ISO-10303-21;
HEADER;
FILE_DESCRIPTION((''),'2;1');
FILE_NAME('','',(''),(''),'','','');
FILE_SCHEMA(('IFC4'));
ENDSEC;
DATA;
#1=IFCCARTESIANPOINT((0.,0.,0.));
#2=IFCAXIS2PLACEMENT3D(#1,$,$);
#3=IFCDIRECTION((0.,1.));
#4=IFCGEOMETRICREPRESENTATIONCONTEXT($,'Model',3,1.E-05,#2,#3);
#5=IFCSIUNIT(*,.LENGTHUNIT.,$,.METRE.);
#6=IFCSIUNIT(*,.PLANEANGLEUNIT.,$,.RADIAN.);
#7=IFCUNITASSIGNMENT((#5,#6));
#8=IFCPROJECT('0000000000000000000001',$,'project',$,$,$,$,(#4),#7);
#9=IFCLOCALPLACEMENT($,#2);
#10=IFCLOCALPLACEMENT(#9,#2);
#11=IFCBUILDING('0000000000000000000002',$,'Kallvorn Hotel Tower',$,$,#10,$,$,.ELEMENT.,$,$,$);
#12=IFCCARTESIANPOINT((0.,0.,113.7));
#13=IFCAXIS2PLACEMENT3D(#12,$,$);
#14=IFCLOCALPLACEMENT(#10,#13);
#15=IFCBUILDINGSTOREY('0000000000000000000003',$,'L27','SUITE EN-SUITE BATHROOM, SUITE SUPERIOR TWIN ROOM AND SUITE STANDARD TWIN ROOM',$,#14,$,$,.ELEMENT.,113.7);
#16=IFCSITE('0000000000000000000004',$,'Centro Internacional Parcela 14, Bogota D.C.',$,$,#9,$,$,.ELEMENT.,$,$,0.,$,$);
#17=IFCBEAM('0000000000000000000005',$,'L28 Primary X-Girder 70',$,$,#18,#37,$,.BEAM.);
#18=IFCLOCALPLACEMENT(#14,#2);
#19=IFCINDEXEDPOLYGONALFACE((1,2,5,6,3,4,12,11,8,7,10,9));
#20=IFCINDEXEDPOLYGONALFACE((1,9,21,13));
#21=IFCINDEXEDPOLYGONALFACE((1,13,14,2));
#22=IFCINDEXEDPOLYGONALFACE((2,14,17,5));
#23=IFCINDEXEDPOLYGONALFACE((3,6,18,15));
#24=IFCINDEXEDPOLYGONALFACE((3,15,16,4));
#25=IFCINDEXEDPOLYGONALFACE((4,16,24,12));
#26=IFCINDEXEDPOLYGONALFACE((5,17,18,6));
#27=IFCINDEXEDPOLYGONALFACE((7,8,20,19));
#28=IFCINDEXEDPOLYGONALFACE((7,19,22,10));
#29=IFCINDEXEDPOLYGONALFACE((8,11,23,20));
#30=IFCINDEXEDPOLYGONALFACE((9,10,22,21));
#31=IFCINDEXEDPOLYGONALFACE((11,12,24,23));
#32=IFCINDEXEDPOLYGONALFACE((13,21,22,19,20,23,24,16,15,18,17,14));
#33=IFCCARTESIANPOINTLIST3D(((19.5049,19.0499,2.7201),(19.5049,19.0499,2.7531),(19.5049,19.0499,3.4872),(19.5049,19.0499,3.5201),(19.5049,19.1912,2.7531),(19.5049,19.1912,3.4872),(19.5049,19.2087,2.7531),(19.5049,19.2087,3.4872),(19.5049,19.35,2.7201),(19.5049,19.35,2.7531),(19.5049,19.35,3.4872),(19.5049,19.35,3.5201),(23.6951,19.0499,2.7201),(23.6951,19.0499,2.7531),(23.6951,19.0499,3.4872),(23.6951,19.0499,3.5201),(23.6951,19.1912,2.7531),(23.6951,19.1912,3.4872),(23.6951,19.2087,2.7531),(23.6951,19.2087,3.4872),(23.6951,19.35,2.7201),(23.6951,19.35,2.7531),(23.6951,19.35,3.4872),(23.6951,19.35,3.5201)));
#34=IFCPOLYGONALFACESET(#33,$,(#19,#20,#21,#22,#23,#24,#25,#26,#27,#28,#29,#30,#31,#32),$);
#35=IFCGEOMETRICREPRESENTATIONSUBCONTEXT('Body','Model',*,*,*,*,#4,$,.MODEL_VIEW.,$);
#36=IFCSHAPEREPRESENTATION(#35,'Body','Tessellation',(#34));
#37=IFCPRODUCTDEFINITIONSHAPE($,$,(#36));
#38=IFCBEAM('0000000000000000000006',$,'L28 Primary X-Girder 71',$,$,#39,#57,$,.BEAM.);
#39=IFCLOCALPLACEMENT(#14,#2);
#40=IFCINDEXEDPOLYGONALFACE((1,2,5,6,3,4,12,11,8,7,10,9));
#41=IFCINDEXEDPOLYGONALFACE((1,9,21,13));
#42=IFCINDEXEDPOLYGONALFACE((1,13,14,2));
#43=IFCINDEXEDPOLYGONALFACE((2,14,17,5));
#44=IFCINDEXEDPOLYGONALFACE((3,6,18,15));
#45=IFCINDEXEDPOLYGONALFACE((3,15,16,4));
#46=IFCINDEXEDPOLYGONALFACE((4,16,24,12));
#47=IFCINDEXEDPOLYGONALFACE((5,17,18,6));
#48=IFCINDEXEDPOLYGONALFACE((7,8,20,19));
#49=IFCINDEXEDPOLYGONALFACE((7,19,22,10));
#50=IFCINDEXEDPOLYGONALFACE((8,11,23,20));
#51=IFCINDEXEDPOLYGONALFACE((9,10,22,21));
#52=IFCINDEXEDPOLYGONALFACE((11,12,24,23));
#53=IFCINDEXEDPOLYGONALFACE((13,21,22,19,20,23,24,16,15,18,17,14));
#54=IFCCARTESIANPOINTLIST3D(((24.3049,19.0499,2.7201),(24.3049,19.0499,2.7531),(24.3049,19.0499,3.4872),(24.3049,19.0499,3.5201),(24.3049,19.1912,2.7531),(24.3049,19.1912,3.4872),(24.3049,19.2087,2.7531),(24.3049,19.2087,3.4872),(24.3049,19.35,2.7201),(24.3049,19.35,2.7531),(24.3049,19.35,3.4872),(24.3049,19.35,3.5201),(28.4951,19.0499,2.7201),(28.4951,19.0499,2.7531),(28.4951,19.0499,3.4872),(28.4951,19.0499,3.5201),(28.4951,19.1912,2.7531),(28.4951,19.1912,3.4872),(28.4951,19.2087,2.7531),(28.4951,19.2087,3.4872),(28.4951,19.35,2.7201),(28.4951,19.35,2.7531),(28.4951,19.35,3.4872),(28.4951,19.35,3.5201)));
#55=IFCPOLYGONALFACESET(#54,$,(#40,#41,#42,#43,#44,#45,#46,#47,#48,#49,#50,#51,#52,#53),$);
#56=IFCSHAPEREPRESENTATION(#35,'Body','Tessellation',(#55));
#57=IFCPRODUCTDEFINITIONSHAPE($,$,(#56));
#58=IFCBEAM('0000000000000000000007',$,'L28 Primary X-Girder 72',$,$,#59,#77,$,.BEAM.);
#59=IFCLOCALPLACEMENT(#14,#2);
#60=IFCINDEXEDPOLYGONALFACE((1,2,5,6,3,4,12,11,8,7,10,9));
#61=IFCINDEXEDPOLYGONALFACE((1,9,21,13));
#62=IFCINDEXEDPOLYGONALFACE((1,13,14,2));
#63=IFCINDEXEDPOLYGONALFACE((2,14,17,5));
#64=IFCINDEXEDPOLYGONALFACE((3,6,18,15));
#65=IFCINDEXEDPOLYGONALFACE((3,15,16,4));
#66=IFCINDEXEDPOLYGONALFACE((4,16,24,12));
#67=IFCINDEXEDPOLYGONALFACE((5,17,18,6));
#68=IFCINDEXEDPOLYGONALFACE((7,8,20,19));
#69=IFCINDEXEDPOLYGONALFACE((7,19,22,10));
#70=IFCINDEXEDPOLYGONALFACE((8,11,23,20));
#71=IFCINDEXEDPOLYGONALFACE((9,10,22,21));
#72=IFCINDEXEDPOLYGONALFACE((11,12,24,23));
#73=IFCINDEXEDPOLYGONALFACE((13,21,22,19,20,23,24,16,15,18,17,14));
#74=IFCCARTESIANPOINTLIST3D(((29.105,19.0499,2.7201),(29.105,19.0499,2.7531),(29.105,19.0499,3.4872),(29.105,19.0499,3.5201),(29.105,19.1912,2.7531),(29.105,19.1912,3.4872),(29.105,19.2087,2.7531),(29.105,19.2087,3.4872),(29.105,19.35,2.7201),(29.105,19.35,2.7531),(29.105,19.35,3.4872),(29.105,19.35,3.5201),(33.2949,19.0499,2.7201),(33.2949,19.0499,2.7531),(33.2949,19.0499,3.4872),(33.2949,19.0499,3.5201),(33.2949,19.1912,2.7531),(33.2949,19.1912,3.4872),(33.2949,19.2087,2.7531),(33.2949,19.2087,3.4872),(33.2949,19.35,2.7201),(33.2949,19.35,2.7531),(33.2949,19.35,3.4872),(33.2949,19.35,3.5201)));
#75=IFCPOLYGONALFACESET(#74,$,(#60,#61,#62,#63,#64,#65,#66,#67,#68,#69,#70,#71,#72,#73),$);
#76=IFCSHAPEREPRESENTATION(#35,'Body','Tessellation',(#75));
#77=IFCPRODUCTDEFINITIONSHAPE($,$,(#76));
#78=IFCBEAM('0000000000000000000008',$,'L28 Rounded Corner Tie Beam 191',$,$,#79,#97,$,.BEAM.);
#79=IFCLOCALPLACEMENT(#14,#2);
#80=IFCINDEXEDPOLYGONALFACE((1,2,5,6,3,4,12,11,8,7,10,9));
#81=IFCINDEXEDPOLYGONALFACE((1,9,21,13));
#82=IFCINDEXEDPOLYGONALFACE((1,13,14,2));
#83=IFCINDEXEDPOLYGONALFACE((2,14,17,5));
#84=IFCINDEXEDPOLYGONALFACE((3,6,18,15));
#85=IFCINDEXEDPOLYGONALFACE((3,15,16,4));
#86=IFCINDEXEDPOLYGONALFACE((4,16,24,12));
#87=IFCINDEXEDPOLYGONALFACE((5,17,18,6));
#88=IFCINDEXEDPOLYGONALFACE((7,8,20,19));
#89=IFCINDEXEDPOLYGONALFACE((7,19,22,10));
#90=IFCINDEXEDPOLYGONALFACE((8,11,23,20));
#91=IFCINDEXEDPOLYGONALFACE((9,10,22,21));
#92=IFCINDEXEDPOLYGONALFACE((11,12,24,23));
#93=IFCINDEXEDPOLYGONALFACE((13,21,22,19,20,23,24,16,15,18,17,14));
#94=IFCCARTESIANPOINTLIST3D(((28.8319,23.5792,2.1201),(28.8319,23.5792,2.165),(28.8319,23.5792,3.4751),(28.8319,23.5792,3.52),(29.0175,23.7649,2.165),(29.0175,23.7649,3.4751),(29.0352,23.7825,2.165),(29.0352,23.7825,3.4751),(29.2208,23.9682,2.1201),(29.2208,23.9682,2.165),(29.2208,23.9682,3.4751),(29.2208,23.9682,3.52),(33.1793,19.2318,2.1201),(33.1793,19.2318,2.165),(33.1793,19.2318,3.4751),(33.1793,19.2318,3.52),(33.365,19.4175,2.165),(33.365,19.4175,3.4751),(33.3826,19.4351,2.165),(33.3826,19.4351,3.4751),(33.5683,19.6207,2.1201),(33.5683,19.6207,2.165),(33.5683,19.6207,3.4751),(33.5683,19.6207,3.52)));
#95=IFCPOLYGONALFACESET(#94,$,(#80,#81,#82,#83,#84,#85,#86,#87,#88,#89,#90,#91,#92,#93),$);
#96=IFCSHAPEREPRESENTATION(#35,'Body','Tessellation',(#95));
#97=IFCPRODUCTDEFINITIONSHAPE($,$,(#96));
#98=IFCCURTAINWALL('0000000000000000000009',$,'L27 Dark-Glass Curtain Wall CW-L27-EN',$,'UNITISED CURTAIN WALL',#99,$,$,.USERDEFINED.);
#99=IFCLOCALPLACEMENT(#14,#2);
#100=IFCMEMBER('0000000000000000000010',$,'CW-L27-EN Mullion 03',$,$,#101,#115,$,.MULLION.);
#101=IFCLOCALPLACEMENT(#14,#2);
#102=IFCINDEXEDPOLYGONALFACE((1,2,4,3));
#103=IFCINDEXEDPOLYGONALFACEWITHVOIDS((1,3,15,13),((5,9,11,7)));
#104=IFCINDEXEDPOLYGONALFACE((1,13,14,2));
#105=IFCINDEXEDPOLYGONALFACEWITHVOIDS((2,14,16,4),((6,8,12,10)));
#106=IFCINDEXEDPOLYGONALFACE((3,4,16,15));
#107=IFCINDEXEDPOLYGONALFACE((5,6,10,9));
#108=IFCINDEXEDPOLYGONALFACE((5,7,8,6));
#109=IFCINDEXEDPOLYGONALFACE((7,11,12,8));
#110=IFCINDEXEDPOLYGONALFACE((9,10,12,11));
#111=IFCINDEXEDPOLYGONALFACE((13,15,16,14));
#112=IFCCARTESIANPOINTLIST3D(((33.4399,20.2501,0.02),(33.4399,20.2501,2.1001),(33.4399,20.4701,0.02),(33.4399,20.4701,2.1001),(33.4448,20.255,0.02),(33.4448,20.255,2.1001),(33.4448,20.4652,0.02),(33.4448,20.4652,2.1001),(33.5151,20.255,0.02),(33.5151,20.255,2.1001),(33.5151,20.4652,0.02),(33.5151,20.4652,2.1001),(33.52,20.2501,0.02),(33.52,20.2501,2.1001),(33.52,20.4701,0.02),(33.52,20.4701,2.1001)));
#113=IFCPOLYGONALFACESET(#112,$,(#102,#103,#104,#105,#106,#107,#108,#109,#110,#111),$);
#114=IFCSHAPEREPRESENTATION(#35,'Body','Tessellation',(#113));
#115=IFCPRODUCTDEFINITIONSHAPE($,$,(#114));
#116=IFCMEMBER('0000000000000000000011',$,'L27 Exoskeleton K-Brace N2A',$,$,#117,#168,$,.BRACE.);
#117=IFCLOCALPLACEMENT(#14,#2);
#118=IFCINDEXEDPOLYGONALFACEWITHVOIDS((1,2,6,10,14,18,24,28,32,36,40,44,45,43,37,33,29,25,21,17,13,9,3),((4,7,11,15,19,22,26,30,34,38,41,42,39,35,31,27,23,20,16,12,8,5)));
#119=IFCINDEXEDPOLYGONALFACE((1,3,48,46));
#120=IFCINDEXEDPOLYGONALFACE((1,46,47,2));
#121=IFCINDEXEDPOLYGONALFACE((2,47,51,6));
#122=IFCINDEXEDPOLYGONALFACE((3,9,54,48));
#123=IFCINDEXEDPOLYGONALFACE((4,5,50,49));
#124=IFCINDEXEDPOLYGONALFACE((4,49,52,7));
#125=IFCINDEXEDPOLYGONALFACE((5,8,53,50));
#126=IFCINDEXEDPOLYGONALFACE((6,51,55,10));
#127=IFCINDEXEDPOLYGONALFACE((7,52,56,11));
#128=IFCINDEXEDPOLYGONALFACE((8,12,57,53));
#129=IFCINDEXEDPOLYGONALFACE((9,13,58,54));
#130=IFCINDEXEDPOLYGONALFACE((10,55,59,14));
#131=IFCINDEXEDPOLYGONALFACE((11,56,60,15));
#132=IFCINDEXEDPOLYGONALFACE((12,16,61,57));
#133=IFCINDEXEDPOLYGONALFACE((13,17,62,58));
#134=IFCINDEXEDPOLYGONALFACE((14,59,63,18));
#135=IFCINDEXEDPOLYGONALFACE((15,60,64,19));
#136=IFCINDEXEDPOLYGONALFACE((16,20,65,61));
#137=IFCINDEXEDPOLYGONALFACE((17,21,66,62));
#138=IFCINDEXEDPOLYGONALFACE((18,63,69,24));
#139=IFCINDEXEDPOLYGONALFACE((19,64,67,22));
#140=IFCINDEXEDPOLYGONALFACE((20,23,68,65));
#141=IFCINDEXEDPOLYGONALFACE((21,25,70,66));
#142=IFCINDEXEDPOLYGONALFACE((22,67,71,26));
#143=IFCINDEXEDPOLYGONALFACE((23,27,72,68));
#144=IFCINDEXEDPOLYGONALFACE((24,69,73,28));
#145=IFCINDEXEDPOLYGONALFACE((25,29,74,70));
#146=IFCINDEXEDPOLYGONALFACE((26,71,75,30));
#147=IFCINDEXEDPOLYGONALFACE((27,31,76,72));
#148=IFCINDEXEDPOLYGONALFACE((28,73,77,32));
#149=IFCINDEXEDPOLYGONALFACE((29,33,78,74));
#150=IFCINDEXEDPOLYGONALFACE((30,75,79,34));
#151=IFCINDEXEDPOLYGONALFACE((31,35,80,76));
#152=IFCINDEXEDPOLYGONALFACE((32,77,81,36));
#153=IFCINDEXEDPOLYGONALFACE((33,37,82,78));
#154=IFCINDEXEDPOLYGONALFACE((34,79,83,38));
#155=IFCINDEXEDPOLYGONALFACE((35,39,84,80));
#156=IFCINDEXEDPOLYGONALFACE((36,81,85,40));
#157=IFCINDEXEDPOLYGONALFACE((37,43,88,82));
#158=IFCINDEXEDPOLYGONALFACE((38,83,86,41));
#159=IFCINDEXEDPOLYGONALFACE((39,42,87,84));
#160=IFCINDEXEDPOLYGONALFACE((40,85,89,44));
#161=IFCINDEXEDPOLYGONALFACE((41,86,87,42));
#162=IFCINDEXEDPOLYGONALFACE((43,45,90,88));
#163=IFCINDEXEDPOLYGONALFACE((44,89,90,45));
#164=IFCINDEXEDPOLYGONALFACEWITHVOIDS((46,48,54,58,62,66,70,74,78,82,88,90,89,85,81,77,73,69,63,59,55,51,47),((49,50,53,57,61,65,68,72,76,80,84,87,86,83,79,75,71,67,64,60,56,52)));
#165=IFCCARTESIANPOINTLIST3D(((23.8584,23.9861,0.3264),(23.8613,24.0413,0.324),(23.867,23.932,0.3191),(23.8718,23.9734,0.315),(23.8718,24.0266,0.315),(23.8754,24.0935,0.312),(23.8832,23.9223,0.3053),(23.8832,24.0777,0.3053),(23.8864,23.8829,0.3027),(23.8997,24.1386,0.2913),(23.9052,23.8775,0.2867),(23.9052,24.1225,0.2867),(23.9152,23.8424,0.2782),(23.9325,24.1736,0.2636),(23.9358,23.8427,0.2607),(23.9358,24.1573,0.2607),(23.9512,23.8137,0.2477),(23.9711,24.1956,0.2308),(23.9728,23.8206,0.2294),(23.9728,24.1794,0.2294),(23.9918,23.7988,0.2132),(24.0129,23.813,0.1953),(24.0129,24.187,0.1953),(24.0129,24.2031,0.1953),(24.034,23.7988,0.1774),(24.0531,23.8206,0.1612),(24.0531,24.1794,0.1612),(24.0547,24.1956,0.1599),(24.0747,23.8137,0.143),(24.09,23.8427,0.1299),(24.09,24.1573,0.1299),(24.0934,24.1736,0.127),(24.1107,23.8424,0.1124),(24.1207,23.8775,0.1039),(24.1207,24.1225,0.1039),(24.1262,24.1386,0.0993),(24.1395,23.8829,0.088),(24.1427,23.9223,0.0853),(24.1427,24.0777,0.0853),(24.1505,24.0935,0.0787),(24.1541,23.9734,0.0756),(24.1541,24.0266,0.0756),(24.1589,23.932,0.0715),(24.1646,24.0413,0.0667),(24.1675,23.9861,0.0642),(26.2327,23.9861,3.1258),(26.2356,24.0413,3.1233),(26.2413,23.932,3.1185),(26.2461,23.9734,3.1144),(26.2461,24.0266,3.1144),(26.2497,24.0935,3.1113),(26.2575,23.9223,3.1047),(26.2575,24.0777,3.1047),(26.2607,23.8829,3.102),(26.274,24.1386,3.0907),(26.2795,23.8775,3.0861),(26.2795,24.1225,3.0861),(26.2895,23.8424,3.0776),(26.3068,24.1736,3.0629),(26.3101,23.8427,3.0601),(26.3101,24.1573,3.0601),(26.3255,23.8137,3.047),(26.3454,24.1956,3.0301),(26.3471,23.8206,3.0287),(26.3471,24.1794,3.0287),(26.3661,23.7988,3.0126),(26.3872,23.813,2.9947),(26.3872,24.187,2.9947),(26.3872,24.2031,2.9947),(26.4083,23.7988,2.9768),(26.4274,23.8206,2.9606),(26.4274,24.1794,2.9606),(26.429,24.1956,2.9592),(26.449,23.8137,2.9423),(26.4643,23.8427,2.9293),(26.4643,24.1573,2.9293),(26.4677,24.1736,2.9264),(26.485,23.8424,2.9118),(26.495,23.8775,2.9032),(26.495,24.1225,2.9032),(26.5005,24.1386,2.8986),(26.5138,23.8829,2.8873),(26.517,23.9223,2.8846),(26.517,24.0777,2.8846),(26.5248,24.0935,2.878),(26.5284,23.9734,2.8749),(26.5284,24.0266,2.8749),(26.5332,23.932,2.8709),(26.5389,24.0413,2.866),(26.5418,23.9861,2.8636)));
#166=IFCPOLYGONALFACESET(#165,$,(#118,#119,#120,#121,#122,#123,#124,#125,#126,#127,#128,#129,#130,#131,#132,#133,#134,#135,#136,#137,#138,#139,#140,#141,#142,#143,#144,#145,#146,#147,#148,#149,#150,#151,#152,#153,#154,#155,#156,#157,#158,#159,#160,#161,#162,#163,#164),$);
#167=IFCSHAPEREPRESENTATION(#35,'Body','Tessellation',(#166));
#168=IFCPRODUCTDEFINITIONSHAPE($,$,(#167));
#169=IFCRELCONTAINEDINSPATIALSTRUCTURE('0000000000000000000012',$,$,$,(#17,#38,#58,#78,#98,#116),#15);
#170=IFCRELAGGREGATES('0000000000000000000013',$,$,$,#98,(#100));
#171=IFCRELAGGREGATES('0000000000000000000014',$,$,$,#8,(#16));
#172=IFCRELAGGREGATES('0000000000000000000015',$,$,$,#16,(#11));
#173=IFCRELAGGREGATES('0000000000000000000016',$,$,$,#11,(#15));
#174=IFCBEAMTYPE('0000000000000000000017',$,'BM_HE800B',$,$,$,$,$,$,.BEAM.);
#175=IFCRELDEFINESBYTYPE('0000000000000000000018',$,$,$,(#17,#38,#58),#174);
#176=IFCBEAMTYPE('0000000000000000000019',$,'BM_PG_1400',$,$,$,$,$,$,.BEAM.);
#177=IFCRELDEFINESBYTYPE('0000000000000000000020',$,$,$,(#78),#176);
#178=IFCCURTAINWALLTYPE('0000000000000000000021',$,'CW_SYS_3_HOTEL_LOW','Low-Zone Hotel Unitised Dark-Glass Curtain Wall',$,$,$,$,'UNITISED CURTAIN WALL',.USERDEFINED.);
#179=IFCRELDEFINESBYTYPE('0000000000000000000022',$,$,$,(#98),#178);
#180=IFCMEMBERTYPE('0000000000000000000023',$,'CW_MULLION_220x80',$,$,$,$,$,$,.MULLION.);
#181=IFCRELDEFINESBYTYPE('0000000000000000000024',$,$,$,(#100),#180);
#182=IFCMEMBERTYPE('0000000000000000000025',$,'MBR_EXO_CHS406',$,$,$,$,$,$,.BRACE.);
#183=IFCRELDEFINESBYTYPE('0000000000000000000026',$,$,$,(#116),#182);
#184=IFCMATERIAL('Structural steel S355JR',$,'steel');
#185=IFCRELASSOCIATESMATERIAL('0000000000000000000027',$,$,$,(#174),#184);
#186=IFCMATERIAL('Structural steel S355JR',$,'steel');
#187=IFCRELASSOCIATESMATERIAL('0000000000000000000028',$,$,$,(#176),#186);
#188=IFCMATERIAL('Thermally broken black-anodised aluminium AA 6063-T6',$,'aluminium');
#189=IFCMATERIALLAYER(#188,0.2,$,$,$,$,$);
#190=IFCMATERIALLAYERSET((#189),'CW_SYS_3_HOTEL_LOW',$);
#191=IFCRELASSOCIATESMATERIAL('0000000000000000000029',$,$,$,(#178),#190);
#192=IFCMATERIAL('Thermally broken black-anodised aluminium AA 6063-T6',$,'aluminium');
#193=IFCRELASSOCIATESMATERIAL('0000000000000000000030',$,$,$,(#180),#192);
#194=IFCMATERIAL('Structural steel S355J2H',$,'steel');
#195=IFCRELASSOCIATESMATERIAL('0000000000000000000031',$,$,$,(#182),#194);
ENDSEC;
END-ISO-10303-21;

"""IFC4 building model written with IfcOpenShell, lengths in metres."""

from ifc_helpers import new_model, si_unit, direction, frame, origin, origin_2d, place, context, subcontext, project, spatial, hollow_rectangle, hollow_circle, i_section, extrude, material, layer, layer_set, material_profile, profile_set, type_object, element, aggregate, save


model = new_model("IFC4")

# Units and contexts
model_context = context("Model", 3, precision=1e-05, world=origin(), true_north=direction((0.0, 1.0)))
body_context = subcontext(model_context, "Body", "Model", "MODEL_VIEW")
ifc_project = project(units=[si_unit("LENGTHUNIT", "METRE"), si_unit("PLANEANGLEUNIT", "RADIAN")], contexts=[model_context])

# Site, building, storey
site_placement = place(None, origin())
site = spatial("IfcSite", under=ifc_project, at=site_placement, Name="Centro Internacional Parcela 14, Bogota D.C.", CompositionType="ELEMENT", RefElevation=0.0)
building_placement = place(site_placement, origin())
building = spatial("IfcBuilding", under=site, at=building_placement, Name="Kallvorn Hotel Tower", CompositionType="ELEMENT")
storey_placement = place(building_placement, frame((0.0, 0.0, 113.7)))
storey = spatial("IfcBuildingStorey", under=building, at=storey_placement, Name="L27", Description="SUITE EN-SUITE BATHROOM, SUITE SUPERIOR TWIN ROOM AND SUITE STANDARD TWIN ROOM", CompositionType="ELEMENT", Elevation=113.7)

# Beams
ifc_material_1 = material(Name="Structural steel S355JR", Category="steel")
ifc_material_profile_1 = material_profile(ifc_material_1, i_section(OverallWidth=0.3, OverallDepth=0.8, WebThickness=0.0176, FlangeThickness=0.033, at=origin_2d()), Name="HE 800 B")
ifc_profile_set_1 = profile_set([ifc_material_profile_1], Name="Structural steel S355JR")
beam_type_1 = type_object("IfcBeamType", Name="BM_HE800B", PredefinedType="BEAM", material=ifc_profile_set_1)
for number, where, z_axis, x_axis, name in (
    (1, (19.5049, 19.2, 3.1201), (1.0, 0.0, 0.0), (0.0, 1.0, 0.0), "L28 Primary X-Girder 70"),
    (2, (24.3049, 19.2, 3.1201), (1.0, 0.0, 0.0), (0.0, 1.0, 0.0), "L28 Primary X-Girder 71"),
):
    element("IfcBeam", number, at=place(storey_placement, frame(where, z_axis=z_axis, x_axis=x_axis)), inside=storey, type_object=beam_type_1, Name=name, PredefinedType="BEAM", context=body_context, shape_type="SweptSolid", body=[
        extrude(i_section(OverallWidth=0.3, OverallDepth=0.8, WebThickness=0.0176, FlangeThickness=0.033, at=origin_2d()), origin(), (0.0, 0.0, 1.0), 4.1902),
    ])
beam_1_placement = place(storey_placement, frame((29.105, 19.2, 3.1201), z_axis=(1.0, 0.0, 0.0), x_axis=(0.0, 1.0, 0.0)))
element("IfcBeam", 3, at=beam_1_placement, inside=storey, type_object=beam_type_1, Name="L28 Primary X-Girder 72", PredefinedType="BEAM", context=body_context, shape_type="SweptSolid", body=[
    extrude(i_section(OverallWidth=0.3, OverallDepth=0.8, WebThickness=0.0176, FlangeThickness=0.033, at=origin_2d()), origin(), (0.0, 0.0, 1.0), 4.1899),
])
ifc_material_2 = material(Name="Structural steel S355JR", Category="steel")
ifc_material_profile_2 = material_profile(ifc_material_2, i_section(OverallWidth=0.55, OverallDepth=1.3999, WebThickness=0.0249, FlangeThickness=0.0449, at=origin_2d()), Name="PG 1400x550x25x45")
ifc_profile_set_2 = profile_set([ifc_material_profile_2], Name="Structural steel S355JR")
beam_type_2 = type_object("IfcBeamType", Name="BM_PG_1400", PredefinedType="BEAM", material=ifc_profile_set_2)
beam_2_placement = place(storey_placement, frame((33.3738, 19.4263, 2.8201), z_axis=(-0.707107, 0.707107, 0.0), x_axis=(-0.707107, -0.707107, 0.0)))
element("IfcBeam", 4, at=beam_2_placement, inside=storey, type_object=beam_type_2, Name="L28 Rounded Corner Tie Beam 191", PredefinedType="BEAM", context=body_context, shape_type="SweptSolid", body=[
    extrude(i_section(OverallWidth=0.55, OverallDepth=1.3999, WebThickness=0.0249, FlangeThickness=0.0449, at=origin_2d()), origin(), (0.0, 0.0, 1.0), 6.1482),
])

# Curtain wall, member
ifc_material_3 = material(Name="Thermally broken black-anodised aluminium AA 6063-T6", Category="aluminium")
ifc_layer_1 = layer(ifc_material_3, 0.2)
ifc_layer_set_1 = layer_set([ifc_layer_1], Name="CW_SYS_3_HOTEL_LOW")
curtain_wall_type = type_object("IfcCurtainWallType", Name="CW_SYS_3_HOTEL_LOW", Description="Low-Zone Hotel Unitised Dark-Glass Curtain Wall", ElementType="UNITISED CURTAIN WALL", PredefinedType="USERDEFINED", material=ifc_layer_set_1)
curtain_wall_placement = place(storey_placement, origin())
curtain_wall = element("IfcCurtainWall", 5, at=curtain_wall_placement, inside=storey, type_object=curtain_wall_type, Name="L27 Dark-Glass Curtain Wall CW-L27-EN", ObjectType="UNITISED CURTAIN WALL", PredefinedType="USERDEFINED")
ifc_material_4 = material(Name="Thermally broken black-anodised aluminium AA 6063-T6", Category="aluminium")
ifc_material_profile_3 = material_profile(ifc_material_4, hollow_rectangle(XDim=0.0801, YDim=0.22, WallThickness=0.0049, at=origin_2d()), Name="MUL 220x80")
ifc_profile_set_3 = profile_set([ifc_material_profile_3], Name="Thermally broken black-anodised aluminium AA 6063-T6")
member_type_1 = type_object("IfcMemberType", Name="CW_MULLION_220x80", PredefinedType="MULLION", material=ifc_profile_set_3)
member_placement = place(storey_placement, frame((33.48, 20.3601, 0.02), z_axis=(0.0, 0.0, 1.0), x_axis=(1.0, 0.0, 0.0)))
member = element("IfcMember", 6, at=member_placement, type_object=member_type_1, Name="CW-L27-EN Mullion 03", PredefinedType="MULLION", context=body_context, shape_type="SweptSolid", body=[
    extrude(hollow_rectangle(XDim=0.0801, YDim=0.22, WallThickness=0.0049, at=origin_2d()), origin(), (0.0, 0.0, 1.0), 2.0801),
])

# Member
ifc_material_5 = material(Name="Structural steel S355J2H", Category="steel")
ifc_material_profile_4 = material_profile(ifc_material_5, hollow_circle(Radius=0.2031, WallThickness=0.0161, at=origin_2d()), Name="CHS 406.4x16")
ifc_profile_set_4 = profile_set([ifc_material_profile_4], Name="Structural steel S355J2H")
member_type_2 = type_object("IfcMemberType", Name="MBR_EXO_CHS406", PredefinedType="BRACE", material=ifc_profile_set_4)
for number, where, z_axis, x_axis, name in (
    (7, (24.0129, 24.0, 0.1953), (0.646833, 0.0, 0.762631), (0.0, 1.0, 0.0), "L27 Exoskeleton K-Brace N2A"),
):
    element("IfcMember", number, at=place(storey_placement, frame(where, z_axis=z_axis, x_axis=x_axis)), inside=storey, type_object=member_type_2, Name=name, PredefinedType="BRACE", context=body_context, shape_type="SweptSolid", body=[
        extrude(hollow_circle(Radius=0.2031, WallThickness=0.0161, at=origin_2d()), origin(), (0.0, 0.0, 1.0), 3.6707),
    ])

aggregate(curtain_wall, [member])

save(model, "model.ifc")
